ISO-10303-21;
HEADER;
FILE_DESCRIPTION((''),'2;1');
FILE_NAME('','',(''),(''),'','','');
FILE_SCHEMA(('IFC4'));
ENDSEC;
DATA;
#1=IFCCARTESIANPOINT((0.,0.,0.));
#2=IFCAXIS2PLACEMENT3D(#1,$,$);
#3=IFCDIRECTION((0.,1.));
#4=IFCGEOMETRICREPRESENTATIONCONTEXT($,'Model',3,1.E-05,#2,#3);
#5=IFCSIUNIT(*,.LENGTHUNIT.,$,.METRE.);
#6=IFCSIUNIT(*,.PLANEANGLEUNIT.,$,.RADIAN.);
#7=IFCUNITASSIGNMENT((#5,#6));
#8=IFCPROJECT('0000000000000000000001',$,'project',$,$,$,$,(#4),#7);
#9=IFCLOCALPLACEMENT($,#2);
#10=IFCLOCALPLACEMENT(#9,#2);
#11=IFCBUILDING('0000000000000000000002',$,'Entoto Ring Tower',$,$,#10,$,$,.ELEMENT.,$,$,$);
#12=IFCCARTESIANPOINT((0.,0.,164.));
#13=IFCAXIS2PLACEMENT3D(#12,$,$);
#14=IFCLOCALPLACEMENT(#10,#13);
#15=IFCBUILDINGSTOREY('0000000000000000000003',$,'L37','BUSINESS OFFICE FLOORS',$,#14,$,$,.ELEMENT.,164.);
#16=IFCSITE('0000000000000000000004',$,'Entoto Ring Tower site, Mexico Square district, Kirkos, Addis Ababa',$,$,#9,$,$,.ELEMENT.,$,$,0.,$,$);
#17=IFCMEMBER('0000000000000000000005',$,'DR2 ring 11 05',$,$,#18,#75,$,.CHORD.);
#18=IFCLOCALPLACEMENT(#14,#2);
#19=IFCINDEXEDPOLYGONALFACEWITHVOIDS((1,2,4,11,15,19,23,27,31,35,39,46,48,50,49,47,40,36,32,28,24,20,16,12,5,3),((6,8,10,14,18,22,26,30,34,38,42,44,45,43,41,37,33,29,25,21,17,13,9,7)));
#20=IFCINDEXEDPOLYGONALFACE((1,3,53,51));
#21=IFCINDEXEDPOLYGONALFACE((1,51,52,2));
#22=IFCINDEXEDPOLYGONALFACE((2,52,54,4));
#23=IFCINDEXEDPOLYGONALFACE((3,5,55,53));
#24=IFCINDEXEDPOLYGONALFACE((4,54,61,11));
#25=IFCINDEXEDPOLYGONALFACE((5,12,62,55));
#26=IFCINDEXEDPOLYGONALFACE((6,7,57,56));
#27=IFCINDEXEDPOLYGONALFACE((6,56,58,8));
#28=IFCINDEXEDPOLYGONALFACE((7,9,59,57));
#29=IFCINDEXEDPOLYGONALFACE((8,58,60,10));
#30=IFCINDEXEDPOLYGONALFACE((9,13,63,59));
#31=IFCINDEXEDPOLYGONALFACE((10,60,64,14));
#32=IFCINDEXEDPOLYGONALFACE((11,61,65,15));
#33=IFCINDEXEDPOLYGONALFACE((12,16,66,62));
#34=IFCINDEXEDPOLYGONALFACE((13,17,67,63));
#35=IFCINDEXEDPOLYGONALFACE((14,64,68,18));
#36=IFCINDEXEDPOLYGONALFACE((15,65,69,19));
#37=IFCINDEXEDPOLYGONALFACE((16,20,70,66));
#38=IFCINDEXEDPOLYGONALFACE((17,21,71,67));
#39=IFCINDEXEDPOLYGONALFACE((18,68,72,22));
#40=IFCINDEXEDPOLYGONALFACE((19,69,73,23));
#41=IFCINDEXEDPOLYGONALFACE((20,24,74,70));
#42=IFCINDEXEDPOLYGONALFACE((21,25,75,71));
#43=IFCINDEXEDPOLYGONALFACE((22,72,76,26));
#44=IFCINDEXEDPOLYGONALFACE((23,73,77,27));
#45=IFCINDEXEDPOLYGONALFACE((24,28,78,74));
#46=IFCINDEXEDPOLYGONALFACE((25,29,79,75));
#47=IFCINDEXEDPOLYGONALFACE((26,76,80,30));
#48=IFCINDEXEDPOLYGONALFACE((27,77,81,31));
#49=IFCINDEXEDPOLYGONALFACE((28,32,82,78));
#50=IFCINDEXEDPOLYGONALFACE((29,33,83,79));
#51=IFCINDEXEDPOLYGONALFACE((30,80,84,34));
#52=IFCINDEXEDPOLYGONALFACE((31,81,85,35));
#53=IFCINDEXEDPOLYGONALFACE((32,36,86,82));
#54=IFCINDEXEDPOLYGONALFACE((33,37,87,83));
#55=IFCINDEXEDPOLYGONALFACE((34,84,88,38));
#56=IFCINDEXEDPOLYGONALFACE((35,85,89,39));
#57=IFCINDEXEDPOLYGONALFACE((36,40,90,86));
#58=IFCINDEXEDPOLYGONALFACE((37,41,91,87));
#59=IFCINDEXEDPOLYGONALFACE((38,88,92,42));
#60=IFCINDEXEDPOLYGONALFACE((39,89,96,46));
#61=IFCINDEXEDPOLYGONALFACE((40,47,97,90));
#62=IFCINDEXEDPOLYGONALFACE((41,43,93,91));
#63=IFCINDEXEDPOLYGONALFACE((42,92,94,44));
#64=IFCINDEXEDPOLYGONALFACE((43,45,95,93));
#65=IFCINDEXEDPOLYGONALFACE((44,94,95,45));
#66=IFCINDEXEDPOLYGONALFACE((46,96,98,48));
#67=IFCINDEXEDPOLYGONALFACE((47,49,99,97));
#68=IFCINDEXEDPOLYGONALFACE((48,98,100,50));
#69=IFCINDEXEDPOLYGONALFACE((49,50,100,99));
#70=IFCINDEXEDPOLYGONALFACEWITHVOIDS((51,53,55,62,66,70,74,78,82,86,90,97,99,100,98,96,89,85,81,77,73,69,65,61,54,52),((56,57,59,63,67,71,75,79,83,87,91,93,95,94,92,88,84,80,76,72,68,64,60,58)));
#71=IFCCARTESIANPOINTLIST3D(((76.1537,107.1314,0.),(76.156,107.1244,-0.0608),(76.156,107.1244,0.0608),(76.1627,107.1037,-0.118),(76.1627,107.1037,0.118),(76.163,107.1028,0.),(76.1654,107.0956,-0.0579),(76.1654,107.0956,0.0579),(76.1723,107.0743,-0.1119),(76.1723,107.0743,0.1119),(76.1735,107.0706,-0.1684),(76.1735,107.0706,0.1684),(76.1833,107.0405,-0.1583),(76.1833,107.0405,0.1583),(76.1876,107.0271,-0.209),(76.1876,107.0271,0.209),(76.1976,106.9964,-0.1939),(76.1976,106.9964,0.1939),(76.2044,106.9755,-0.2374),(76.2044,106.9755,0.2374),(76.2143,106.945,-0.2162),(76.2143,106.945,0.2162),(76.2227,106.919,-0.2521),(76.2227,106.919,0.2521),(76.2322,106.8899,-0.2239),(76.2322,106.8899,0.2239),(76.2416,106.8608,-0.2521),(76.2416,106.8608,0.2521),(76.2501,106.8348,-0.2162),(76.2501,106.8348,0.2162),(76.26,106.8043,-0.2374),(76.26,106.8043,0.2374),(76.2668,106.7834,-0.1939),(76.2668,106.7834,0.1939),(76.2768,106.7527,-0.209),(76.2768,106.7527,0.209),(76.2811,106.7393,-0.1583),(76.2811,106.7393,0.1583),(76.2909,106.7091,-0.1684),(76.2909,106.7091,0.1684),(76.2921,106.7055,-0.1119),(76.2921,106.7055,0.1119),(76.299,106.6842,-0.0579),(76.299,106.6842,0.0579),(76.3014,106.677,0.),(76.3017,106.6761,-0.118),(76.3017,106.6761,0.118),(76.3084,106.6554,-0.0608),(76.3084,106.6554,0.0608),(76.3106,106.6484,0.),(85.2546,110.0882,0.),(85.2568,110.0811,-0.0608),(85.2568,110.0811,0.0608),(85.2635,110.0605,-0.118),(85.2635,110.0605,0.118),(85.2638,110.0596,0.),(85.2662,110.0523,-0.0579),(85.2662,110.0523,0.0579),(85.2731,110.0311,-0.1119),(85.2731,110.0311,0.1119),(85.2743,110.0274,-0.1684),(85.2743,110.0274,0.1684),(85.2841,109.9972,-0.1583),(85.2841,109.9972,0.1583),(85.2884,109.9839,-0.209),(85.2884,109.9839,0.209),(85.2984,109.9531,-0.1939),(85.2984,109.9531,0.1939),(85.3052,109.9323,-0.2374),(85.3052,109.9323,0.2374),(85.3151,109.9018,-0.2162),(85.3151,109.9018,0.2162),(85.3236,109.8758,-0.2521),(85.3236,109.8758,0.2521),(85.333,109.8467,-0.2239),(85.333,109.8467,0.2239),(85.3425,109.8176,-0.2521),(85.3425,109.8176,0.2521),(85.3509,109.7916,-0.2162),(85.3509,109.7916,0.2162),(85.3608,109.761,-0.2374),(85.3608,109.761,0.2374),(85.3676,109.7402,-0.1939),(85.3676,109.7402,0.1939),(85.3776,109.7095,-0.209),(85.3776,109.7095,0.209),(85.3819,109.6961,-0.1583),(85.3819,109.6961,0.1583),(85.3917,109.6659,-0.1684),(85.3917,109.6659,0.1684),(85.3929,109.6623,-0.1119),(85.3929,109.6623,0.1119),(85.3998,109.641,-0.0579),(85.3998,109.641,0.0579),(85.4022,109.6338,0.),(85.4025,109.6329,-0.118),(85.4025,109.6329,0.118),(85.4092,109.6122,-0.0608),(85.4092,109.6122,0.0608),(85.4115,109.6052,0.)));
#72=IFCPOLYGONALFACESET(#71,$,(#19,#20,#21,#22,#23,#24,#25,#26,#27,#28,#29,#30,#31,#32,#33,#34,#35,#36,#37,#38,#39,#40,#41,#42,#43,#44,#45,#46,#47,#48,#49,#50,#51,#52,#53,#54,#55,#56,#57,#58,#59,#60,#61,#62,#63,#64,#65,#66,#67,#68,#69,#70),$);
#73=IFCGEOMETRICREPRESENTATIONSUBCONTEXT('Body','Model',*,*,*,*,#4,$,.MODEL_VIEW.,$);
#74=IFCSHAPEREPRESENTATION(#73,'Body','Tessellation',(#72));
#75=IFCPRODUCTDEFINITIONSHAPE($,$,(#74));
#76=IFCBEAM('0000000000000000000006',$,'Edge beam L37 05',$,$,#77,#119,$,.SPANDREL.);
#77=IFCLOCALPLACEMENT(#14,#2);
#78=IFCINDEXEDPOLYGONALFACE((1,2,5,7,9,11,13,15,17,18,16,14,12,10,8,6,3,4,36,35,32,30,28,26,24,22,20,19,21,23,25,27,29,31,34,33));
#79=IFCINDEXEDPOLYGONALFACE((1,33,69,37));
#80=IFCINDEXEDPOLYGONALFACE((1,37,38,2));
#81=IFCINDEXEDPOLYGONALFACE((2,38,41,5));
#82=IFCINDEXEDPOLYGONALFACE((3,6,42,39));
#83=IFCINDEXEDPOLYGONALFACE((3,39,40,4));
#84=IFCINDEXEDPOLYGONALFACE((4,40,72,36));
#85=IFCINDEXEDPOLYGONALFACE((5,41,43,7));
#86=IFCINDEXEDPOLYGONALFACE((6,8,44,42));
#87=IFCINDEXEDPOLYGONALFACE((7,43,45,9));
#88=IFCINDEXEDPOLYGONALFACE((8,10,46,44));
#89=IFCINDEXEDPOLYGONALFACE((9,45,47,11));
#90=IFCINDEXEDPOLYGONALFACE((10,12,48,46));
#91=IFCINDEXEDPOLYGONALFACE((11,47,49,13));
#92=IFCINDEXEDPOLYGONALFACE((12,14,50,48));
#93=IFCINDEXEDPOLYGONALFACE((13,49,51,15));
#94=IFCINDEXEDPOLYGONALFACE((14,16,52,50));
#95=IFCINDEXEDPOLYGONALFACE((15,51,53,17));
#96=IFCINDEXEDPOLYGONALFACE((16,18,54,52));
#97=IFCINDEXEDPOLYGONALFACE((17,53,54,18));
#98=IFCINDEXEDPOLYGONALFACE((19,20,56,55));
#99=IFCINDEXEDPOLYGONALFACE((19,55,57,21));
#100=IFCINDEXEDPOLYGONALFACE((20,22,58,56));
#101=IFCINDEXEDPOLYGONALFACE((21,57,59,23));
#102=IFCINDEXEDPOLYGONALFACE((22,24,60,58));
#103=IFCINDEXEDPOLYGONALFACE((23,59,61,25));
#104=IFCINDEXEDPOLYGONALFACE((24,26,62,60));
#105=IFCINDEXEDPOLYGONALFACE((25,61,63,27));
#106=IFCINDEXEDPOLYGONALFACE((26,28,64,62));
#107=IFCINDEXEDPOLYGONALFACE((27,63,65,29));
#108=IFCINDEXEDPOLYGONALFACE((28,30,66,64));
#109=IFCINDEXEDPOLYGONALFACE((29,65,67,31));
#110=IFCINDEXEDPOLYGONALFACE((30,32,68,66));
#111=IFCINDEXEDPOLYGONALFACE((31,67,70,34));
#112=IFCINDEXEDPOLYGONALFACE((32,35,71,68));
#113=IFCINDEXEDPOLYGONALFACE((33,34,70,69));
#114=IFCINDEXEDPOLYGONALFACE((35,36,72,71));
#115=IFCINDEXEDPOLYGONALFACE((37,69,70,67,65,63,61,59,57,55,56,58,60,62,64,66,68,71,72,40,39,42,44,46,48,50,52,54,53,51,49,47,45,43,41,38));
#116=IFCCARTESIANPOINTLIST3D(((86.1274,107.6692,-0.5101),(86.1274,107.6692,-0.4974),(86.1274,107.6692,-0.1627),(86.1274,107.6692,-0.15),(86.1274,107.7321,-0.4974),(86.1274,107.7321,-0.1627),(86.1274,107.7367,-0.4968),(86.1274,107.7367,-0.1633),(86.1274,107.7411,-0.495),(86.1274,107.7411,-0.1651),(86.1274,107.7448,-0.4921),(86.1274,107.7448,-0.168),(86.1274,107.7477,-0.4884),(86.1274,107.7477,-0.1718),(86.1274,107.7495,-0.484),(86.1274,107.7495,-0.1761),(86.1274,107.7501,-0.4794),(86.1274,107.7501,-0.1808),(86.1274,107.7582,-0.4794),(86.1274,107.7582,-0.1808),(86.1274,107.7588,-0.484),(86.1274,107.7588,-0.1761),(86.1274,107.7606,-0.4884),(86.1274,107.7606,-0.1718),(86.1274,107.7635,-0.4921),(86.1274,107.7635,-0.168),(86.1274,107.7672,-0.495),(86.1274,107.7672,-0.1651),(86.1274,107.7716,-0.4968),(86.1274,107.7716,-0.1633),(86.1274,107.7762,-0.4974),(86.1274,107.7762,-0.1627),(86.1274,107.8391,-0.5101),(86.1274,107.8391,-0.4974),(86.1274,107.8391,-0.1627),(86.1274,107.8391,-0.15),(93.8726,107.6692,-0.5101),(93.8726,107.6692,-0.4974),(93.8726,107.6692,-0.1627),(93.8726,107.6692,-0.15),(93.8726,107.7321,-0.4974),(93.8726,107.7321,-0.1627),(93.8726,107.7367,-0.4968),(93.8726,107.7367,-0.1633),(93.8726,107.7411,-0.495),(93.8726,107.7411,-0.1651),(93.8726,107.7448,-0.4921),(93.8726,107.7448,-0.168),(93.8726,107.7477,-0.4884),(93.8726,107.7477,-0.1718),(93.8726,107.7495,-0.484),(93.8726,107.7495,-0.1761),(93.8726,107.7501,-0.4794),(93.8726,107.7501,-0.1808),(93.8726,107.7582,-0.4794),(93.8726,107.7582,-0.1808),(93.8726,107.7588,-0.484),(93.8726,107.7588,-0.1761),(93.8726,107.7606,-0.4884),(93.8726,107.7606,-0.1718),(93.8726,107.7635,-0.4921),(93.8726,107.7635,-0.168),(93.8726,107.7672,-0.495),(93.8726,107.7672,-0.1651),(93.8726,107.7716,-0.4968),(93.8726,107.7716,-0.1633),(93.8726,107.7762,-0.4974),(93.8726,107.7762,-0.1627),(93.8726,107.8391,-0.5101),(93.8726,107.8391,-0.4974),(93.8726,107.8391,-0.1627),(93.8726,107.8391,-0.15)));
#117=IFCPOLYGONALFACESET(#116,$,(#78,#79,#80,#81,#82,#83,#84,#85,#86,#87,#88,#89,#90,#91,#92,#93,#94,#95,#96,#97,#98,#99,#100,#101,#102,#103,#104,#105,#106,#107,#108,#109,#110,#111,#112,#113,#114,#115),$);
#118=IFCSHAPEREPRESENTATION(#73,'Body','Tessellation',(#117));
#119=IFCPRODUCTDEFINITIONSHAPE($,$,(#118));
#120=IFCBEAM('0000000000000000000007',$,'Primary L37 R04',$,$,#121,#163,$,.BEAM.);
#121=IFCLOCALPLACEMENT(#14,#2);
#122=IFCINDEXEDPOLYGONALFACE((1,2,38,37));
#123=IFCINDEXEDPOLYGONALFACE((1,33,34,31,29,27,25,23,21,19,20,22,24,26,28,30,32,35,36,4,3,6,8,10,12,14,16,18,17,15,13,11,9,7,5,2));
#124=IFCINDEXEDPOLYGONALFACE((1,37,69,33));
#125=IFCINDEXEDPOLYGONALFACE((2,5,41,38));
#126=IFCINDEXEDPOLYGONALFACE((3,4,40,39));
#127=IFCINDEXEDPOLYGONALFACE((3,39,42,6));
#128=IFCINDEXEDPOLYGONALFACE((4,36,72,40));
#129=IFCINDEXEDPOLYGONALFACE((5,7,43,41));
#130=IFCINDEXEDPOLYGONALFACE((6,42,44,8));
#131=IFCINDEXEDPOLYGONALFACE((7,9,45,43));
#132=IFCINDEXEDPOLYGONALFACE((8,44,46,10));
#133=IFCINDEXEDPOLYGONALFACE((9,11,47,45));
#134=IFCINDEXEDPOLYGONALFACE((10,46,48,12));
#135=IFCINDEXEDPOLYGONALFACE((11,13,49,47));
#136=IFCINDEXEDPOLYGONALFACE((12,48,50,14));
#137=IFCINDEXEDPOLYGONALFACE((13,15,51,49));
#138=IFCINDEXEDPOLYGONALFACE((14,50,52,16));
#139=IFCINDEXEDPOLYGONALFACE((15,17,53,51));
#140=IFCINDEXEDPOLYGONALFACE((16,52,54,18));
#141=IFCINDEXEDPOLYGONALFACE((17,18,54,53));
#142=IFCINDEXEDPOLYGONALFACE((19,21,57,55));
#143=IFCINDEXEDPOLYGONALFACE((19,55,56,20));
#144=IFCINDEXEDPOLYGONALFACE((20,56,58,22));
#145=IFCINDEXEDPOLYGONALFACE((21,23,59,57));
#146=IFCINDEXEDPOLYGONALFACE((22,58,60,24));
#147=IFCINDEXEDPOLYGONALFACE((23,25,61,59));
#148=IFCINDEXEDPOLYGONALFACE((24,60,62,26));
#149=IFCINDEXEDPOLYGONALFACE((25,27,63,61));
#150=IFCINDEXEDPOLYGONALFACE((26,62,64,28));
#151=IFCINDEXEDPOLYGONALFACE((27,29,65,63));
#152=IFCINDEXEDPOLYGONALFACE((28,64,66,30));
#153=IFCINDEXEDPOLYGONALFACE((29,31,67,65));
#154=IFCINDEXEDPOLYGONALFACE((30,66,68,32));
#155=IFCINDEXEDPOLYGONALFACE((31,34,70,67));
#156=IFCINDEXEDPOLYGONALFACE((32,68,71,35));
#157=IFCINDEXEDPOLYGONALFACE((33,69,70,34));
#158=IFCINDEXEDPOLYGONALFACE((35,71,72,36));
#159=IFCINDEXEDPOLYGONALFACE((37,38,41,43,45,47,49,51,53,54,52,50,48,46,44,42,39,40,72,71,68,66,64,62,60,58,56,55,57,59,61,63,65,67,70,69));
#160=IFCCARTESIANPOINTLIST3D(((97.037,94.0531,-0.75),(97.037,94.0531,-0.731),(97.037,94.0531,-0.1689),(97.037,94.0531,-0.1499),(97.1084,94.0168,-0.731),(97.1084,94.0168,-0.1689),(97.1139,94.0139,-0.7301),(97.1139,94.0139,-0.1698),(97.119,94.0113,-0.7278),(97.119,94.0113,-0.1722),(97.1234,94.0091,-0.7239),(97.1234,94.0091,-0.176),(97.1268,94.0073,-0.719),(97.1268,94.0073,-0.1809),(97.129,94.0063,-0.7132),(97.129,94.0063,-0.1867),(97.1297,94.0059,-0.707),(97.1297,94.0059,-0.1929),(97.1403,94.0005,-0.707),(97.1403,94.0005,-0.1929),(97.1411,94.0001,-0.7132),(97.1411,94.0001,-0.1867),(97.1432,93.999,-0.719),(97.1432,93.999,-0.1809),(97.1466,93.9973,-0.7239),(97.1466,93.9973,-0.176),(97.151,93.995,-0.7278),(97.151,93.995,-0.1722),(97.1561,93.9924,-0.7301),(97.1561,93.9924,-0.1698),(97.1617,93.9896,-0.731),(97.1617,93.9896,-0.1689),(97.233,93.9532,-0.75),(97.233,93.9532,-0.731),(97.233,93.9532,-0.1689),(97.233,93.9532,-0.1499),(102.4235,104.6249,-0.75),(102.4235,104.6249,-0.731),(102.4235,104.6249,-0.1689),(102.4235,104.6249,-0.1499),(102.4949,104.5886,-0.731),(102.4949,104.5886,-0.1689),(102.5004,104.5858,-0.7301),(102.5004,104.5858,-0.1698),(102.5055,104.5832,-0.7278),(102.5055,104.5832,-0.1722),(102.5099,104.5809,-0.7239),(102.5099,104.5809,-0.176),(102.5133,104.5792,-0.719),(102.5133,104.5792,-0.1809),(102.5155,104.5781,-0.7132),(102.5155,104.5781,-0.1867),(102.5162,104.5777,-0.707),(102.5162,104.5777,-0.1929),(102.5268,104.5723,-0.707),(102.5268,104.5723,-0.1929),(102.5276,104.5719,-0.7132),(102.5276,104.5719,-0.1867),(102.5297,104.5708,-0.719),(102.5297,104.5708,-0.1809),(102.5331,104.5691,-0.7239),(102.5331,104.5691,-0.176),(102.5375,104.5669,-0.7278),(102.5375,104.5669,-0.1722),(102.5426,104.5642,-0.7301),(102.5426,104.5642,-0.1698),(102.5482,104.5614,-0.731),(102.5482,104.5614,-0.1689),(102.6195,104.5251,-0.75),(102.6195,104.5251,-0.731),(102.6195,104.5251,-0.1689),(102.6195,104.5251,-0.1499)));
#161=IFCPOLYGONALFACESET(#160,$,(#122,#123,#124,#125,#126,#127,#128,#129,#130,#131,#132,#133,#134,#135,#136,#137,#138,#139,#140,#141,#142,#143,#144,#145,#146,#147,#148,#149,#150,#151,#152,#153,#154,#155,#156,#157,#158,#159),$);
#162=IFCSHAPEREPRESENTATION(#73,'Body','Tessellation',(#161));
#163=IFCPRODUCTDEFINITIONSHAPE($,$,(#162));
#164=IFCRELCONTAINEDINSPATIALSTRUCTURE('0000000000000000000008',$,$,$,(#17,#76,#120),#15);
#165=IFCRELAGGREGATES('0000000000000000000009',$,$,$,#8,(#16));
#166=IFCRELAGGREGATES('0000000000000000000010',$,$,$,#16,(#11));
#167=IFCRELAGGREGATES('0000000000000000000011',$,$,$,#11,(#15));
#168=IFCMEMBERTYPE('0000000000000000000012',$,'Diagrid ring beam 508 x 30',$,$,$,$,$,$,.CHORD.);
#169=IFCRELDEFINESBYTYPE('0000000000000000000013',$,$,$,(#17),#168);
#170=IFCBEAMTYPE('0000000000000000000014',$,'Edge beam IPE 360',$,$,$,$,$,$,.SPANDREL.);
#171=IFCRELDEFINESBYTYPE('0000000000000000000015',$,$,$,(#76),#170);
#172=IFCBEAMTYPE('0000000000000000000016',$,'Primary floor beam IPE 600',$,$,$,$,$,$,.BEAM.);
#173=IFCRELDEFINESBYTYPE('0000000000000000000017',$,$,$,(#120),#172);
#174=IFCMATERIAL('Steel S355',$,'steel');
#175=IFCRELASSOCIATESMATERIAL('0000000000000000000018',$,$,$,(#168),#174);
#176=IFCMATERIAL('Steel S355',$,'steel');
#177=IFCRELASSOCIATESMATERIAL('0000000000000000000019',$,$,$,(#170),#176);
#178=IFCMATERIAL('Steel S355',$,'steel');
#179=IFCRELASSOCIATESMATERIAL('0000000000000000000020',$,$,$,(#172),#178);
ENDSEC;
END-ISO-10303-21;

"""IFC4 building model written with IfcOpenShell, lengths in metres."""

from ifc_helpers import new_model, si_unit, direction, frame, origin, origin_2d, place, context, subcontext, project, spatial, circle, hollow_circle, i_section, extrude, material, material_profile, profile_set, type_object, element, save


model = new_model("IFC4")

# Units and contexts
model_context = context("Model", 3, precision=1e-05, world=origin(), true_north=direction((0.0, 1.0)))
body_context = subcontext(model_context, "Body", "Model", "MODEL_VIEW")
ifc_project = project(units=[si_unit("LENGTHUNIT", "METRE"), si_unit("PLANEANGLEUNIT", "RADIAN")], contexts=[model_context])

# Site, building, storey
site_placement = place(None, origin())
site = spatial("IfcSite", under=ifc_project, at=site_placement, Name="Entoto Ring Tower site, Mexico Square district, Kirkos, Addis Ababa", CompositionType="ELEMENT", RefElevation=0.0)
building_placement = place(site_placement, origin())
building = spatial("IfcBuilding", under=site, at=building_placement, Name="Entoto Ring Tower", CompositionType="ELEMENT")
storey_placement = place(building_placement, frame((0.0, 0.0, 164.0)))
storey = spatial("IfcBuildingStorey", under=building, at=storey_placement, Name="L37", Description="BUSINESS OFFICE FLOORS", CompositionType="ELEMENT", Elevation=164.0)

# Member
ifc_material_1 = material(Name="Steel S355", Category="steel")
ifc_material_profile_1 = material_profile(ifc_material_1, hollow_circle(Radius=0.2539, WallThickness=0.03, at=origin_2d()), Name="CHS 508 x 30")
ifc_material_2 = material(Name="Concrete C60/75", Category="concrete")
ifc_material_profile_2 = material_profile(ifc_material_2, circle(Radius=0.2241, at=origin_2d()), Name="Concrete C60/75 infill")
ifc_profile_set_1 = profile_set([ifc_material_profile_1, ifc_material_profile_2], Name="Steel S355")
member_type_1 = type_object("IfcMemberType", Name="Diagrid ring beam 508 x 30", PredefinedType="CHORD", material=ifc_profile_set_1)
member_1_placement = place(storey_placement, frame((85.333, 109.8467, 0.0), z_axis=(-0.951064, -0.308993, 0.0), x_axis=(0.308993, -0.951064, 0.0)))
element("IfcMember", 1, at=member_1_placement, inside=storey, type_object=member_type_1, Name="DR2 ring 11 05", PredefinedType="CHORD", context=body_context, shape_type="SweptSolid", body=[
    extrude(hollow_circle(Radius=0.2539, WallThickness=0.03, at=origin_2d()), origin(), (0.0, 0.0, 1.0), 9.5691),
])

# Beams
ifc_material_3 = material(Name="Steel S355", Category="steel")
ifc_material_profile_3 = material_profile(ifc_material_3, i_section(OverallWidth=0.1699, OverallDepth=0.3601, WebThickness=0.0081, FlangeThickness=0.0127, FilletRadius=0.0181, at=origin_2d()), Name="IPE 360")
ifc_profile_set_2 = profile_set([ifc_material_profile_3], Name="Steel S355")
beam_type_1 = type_object("IfcBeamType", Name="Edge beam IPE 360", PredefinedType="SPANDREL", material=ifc_profile_set_2)
beam_1_placement = place(storey_placement, frame((93.8726, 107.7542, -0.3301), z_axis=(-1.0, 0.0, 0.0), x_axis=(0.0, -1.0, 0.0)))
element("IfcBeam", 2, at=beam_1_placement, inside=storey, type_object=beam_type_1, Name="Edge beam L37 05", PredefinedType="SPANDREL", context=body_context, shape_type="SweptSolid", body=[
    extrude(i_section(OverallWidth=0.1699, OverallDepth=0.3601, WebThickness=0.0081, FlangeThickness=0.0127, FilletRadius=0.0181, at=origin_2d()), origin(), (0.0, 0.0, 1.0), 7.7451),
])
ifc_material_4 = material(Name="Steel S355", Category="steel")
ifc_material_profile_4 = material_profile(ifc_material_4, i_section(OverallWidth=0.22, OverallDepth=0.6001, WebThickness=0.012, FlangeThickness=0.019, FilletRadius=0.0239, at=origin_2d()), Name="IPE 600")
ifc_profile_set_3 = profile_set([ifc_material_profile_4], Name="Steel S355")
beam_type_2 = type_object("IfcBeamType", Name="Primary floor beam IPE 600", PredefinedType="BEAM", material=ifc_profile_set_3)
beam_2_placement = place(storey_placement, frame((97.135, 94.0032, -0.45), z_axis=(0.453983, 0.89101, 0.0), x_axis=(-0.89101, 0.453983, 0.0)))
element("IfcBeam", 3, at=beam_2_placement, inside=storey, type_object=beam_type_2, Name="Primary L37 R04", PredefinedType="BEAM", context=body_context, shape_type="SweptSolid", body=[
    extrude(i_section(OverallWidth=0.22, OverallDepth=0.6001, WebThickness=0.012, FlangeThickness=0.019, FilletRadius=0.0239, at=origin_2d()), origin(), (0.0, 0.0, 1.0), 11.865),
])

save(model, "model.ifc")
